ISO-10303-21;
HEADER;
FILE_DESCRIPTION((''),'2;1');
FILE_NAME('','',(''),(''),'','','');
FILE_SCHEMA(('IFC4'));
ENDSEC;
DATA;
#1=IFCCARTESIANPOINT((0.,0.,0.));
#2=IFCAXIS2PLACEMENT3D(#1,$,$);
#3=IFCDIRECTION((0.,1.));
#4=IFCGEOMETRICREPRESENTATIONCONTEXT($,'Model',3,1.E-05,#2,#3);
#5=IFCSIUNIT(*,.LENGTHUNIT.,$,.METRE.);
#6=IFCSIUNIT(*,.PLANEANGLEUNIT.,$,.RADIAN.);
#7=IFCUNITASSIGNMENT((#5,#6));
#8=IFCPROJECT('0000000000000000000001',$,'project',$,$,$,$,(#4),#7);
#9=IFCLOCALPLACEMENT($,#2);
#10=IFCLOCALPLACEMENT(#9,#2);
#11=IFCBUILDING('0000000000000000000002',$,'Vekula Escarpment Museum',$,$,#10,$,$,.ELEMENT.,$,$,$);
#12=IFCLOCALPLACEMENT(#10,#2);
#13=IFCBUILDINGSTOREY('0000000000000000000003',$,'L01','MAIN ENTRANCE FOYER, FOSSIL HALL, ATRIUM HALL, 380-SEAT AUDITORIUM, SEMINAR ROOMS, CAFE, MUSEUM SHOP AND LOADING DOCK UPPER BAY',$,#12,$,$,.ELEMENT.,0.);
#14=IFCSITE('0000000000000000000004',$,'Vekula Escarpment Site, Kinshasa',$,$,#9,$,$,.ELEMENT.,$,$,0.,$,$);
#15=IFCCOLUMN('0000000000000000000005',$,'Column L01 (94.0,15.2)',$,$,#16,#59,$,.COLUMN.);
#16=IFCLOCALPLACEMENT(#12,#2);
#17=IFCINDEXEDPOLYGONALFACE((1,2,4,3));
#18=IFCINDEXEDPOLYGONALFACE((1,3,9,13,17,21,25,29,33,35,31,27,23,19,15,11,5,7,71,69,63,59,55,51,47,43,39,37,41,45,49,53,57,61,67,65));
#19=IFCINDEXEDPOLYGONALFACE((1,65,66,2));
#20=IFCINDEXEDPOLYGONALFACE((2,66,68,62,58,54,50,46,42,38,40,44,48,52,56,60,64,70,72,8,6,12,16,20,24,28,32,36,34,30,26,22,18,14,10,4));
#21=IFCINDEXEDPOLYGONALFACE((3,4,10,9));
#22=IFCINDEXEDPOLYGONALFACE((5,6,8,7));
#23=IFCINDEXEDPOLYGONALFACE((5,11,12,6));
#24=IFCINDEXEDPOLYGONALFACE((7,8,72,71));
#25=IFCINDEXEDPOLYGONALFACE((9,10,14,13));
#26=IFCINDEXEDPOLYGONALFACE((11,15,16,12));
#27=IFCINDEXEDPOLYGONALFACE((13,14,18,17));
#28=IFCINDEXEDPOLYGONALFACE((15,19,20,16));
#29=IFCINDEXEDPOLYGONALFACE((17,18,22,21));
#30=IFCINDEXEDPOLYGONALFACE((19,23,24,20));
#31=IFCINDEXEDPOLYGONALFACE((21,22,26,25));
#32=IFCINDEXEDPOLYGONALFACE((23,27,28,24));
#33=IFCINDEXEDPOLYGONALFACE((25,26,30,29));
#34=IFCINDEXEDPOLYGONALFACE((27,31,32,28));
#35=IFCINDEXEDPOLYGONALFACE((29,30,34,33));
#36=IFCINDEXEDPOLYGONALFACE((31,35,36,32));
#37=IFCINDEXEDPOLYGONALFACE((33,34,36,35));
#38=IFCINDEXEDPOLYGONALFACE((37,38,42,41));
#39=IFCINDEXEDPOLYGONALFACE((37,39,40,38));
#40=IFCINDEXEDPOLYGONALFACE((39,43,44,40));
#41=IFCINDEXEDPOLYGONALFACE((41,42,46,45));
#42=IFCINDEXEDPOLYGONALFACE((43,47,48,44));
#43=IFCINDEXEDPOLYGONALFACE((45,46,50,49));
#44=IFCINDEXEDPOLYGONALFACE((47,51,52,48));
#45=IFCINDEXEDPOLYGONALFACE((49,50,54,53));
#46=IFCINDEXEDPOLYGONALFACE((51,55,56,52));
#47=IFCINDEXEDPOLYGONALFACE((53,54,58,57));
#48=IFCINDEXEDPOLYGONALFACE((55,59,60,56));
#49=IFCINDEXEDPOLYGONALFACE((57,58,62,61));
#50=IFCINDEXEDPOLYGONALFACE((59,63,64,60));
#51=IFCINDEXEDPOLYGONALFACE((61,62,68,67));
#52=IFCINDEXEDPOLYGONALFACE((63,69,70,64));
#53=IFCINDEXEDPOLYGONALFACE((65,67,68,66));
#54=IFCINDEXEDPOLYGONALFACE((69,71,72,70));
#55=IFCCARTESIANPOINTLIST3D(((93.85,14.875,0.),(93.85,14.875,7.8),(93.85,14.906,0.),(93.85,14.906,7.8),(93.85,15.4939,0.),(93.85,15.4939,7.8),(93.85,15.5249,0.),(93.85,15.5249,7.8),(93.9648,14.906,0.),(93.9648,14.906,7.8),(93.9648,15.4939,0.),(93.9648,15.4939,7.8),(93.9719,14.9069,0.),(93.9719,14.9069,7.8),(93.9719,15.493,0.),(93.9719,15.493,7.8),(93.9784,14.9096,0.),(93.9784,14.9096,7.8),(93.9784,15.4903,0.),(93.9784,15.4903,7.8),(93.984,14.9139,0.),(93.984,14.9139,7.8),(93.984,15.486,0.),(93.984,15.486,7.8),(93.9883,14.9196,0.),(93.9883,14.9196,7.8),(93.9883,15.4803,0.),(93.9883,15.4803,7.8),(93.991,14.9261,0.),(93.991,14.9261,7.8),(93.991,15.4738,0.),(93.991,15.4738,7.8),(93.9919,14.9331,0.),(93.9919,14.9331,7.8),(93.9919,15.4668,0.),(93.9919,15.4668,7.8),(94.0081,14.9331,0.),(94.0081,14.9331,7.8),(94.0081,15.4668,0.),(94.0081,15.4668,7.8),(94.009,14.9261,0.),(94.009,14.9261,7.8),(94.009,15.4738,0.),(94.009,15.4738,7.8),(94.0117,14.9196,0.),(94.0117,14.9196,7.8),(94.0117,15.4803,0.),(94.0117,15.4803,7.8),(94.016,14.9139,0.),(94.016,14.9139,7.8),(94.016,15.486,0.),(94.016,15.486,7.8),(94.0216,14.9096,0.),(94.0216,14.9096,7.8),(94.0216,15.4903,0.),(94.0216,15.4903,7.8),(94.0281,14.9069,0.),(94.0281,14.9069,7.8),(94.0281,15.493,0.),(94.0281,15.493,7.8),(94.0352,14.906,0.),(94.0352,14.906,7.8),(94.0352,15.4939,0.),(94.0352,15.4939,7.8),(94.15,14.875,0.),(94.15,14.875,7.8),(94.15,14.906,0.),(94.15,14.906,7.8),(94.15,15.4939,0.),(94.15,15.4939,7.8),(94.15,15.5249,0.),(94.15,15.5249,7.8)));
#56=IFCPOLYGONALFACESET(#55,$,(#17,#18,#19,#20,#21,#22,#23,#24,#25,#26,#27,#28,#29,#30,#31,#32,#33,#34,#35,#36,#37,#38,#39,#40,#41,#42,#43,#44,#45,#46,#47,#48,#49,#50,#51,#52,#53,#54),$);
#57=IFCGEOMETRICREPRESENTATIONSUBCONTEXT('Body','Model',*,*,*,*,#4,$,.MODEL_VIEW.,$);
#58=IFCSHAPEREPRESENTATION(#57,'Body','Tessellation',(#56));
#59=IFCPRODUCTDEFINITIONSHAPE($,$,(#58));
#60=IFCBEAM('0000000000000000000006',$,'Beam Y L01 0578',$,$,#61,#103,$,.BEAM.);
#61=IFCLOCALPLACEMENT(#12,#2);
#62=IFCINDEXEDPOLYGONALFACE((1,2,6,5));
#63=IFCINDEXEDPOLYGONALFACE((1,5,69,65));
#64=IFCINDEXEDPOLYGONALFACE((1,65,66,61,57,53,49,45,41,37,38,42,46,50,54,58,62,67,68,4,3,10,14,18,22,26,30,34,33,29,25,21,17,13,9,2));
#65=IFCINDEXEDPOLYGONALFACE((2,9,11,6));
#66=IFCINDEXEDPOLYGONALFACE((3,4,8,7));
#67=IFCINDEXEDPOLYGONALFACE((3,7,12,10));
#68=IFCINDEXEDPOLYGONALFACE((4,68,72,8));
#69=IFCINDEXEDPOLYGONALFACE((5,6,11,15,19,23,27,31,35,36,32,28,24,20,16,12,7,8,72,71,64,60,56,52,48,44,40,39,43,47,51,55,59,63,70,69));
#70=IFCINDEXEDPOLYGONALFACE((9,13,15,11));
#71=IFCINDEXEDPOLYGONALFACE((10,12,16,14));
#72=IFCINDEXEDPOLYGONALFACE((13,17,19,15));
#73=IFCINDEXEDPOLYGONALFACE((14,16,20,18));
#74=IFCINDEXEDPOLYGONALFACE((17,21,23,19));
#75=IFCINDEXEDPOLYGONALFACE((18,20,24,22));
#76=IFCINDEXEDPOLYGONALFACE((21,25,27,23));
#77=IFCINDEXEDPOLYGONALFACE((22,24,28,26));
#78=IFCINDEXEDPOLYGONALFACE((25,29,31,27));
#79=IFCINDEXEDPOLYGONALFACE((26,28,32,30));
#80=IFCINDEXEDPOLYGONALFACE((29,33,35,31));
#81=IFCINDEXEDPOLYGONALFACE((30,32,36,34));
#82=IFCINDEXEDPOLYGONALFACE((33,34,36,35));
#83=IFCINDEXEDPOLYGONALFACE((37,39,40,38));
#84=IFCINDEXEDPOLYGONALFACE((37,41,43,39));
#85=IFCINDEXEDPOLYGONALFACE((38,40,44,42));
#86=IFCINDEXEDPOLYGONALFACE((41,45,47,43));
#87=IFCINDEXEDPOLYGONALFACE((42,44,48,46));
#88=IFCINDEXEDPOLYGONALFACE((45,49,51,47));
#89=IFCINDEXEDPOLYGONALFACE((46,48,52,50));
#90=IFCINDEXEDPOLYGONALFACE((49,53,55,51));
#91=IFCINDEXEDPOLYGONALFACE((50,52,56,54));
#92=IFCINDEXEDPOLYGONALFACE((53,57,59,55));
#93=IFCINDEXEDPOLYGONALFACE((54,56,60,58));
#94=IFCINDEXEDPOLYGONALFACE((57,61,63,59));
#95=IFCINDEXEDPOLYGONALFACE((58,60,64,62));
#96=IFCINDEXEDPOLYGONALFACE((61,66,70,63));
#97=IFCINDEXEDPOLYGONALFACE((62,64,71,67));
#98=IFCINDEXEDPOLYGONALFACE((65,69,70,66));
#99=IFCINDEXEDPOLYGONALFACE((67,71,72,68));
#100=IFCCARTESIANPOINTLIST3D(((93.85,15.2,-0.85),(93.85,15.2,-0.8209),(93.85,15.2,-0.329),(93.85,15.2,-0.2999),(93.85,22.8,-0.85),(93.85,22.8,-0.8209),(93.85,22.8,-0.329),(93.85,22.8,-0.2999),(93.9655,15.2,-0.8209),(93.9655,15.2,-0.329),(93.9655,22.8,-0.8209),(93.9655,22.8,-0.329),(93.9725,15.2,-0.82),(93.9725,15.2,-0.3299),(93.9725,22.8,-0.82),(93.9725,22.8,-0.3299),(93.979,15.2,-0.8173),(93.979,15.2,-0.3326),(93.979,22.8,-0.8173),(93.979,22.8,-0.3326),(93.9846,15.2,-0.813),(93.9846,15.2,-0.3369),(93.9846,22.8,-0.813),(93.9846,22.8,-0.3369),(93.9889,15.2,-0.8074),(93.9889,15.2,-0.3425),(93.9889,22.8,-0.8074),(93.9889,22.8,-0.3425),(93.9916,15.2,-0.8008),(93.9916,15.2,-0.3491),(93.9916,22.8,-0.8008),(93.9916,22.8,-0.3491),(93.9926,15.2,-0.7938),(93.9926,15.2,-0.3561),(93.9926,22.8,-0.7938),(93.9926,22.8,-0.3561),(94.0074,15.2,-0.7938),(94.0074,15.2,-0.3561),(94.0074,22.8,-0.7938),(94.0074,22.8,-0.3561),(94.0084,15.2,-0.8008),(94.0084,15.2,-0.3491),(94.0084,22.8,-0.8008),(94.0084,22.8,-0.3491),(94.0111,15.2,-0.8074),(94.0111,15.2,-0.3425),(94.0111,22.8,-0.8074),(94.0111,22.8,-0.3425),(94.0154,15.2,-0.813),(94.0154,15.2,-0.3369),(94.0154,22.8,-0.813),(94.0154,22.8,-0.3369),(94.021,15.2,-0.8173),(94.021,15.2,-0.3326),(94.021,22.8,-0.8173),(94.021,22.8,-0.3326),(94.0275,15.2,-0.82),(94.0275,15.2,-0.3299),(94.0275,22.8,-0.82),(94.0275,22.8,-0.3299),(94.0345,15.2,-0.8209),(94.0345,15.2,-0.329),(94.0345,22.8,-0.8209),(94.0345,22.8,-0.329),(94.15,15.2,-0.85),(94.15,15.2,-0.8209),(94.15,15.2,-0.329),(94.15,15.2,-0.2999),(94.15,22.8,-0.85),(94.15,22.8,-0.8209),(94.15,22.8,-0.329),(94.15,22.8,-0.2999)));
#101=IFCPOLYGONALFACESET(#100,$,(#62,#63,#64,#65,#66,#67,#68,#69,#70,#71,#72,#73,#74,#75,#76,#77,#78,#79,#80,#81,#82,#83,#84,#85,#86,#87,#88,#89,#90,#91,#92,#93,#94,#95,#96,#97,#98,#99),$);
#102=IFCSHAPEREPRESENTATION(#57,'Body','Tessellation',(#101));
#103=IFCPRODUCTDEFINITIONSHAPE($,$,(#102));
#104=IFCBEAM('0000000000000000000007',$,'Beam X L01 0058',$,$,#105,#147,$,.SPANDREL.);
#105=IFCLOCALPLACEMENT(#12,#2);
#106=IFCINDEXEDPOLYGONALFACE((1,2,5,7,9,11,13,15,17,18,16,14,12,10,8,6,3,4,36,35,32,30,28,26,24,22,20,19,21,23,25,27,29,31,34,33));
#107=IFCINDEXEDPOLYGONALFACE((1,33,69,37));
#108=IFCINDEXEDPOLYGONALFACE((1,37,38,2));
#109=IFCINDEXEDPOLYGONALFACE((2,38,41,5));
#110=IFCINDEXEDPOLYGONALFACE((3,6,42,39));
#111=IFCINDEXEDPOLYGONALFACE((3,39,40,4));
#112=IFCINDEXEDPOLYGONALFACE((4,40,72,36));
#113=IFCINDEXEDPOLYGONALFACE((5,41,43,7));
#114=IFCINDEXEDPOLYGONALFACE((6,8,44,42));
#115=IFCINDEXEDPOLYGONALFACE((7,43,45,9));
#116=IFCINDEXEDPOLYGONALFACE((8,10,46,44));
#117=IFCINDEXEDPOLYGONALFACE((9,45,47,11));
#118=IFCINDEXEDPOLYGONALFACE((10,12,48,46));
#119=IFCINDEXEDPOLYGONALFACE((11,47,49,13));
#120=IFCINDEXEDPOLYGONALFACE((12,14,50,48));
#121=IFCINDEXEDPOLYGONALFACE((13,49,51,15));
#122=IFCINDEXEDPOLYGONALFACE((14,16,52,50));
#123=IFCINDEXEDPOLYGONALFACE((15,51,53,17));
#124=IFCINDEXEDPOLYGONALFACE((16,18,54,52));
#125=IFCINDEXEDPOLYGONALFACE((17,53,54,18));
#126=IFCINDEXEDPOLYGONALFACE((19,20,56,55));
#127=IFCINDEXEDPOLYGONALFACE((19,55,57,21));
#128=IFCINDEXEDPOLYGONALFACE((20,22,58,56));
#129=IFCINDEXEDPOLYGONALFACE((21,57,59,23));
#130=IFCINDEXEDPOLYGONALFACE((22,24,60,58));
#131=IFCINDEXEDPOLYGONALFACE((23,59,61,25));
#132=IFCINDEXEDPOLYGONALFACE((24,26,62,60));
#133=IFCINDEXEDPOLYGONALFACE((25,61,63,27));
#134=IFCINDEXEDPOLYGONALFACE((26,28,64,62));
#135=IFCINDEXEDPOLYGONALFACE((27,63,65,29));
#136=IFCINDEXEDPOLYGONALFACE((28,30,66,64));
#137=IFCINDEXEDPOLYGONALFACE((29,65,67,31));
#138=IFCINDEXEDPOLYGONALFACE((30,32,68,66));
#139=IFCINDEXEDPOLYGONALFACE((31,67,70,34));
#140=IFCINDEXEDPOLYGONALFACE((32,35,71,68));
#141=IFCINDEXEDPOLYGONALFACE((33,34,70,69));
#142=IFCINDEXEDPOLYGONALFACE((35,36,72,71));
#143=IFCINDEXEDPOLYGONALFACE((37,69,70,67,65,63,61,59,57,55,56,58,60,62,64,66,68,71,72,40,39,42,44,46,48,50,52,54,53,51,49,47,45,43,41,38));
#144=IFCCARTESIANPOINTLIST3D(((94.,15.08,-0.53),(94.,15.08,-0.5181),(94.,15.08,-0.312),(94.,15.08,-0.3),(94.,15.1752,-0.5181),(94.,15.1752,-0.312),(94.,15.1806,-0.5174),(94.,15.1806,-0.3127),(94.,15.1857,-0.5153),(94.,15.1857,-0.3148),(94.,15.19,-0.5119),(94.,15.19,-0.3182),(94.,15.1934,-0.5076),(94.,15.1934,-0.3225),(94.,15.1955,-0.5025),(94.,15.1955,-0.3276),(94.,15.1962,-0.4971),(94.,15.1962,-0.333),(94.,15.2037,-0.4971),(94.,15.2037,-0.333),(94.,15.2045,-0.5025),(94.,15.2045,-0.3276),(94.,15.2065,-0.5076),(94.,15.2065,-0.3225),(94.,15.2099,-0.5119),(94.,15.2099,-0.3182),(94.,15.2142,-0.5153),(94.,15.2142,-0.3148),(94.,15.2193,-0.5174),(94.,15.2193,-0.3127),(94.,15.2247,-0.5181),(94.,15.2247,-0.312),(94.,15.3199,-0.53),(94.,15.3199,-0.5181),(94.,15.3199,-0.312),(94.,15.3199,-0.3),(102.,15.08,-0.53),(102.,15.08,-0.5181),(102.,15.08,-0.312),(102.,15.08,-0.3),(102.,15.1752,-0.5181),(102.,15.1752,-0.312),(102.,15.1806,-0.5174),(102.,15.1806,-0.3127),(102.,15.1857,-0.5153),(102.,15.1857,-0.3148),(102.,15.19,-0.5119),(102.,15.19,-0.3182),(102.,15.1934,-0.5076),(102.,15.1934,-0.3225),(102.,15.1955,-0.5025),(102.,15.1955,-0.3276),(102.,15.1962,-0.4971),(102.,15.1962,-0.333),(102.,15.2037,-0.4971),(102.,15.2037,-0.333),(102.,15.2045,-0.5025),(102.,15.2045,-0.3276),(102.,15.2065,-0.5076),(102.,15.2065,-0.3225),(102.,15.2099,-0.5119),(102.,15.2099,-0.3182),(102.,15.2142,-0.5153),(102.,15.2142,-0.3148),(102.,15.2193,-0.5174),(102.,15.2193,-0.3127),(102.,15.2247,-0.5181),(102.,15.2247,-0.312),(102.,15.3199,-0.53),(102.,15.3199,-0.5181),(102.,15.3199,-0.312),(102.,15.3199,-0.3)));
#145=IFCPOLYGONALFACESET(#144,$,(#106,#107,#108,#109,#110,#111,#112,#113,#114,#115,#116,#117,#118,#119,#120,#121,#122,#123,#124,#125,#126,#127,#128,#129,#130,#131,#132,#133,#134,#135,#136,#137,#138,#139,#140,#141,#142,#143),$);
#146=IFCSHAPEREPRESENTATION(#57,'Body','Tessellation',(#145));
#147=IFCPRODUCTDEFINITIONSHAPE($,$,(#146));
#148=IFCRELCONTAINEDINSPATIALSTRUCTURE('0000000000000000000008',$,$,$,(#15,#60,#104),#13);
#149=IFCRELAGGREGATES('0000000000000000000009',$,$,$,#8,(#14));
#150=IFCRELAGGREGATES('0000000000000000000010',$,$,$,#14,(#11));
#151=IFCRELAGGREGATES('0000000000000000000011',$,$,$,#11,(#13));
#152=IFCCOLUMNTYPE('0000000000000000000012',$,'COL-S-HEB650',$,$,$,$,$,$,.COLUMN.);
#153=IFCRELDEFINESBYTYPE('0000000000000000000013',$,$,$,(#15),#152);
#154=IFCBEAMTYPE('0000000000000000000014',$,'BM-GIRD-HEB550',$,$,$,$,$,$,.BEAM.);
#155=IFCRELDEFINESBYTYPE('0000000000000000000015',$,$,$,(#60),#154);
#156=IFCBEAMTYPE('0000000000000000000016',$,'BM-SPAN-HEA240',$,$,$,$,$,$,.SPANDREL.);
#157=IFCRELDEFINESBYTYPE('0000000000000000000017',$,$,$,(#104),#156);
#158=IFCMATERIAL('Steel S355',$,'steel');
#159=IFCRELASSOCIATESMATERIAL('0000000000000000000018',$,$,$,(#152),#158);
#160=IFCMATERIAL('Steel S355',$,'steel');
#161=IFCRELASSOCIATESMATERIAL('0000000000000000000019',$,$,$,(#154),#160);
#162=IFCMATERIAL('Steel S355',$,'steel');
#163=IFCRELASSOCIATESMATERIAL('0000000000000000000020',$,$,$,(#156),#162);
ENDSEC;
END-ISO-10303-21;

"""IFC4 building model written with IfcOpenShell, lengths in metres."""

from ifc_helpers import new_model, si_unit, direction, frame, origin, origin_2d, place, context, subcontext, project, spatial, i_section, extrude, material, material_profile, profile_set, type_object, element, save


model = new_model("IFC4")

# Units and contexts
model_context = context("Model", 3, precision=1e-05, world=origin(), true_north=direction((0.0, 1.0)))
body_context = subcontext(model_context, "Body", "Model", "MODEL_VIEW")
ifc_project = project(units=[si_unit("LENGTHUNIT", "METRE"), si_unit("PLANEANGLEUNIT", "RADIAN")], contexts=[model_context])

# Site, building, storey
site_placement = place(None, origin())
site = spatial("IfcSite", under=ifc_project, at=site_placement, Name="Vekula Escarpment Site, Kinshasa", CompositionType="ELEMENT", RefElevation=0.0)
building_placement = place(site_placement, origin())
building = spatial("IfcBuilding", under=site, at=building_placement, Name="Vekula Escarpment Museum", CompositionType="ELEMENT")
storey_placement = place(building_placement, origin())
storey = spatial("IfcBuildingStorey", under=building, at=storey_placement, Name="L01", Description="MAIN ENTRANCE FOYER, FOSSIL HALL, ATRIUM HALL, 380-SEAT AUDITORIUM, SEMINAR ROOMS, CAFE, MUSEUM SHOP AND LOADING DOCK UPPER BAY", CompositionType="ELEMENT", Elevation=0.0)

# Column
ifc_material_1 = material(Name="Steel S355", Category="steel")
ifc_material_profile_1 = material_profile(ifc_material_1, i_section(OverallWidth=0.3, OverallDepth=0.6499, WebThickness=0.0161, FlangeThickness=0.031, FilletRadius=0.0271, at=origin_2d()), Name="HEB 650")
ifc_profile_set_1 = profile_set([ifc_material_profile_1], Name="Steel S355")
column_type = type_object("IfcColumnType", Name="COL-S-HEB650", PredefinedType="COLUMN", material=ifc_profile_set_1)
column_placement = place(storey_placement, frame((94.0, 15.2, 0.0), z_axis=(0.0, 0.0, 1.0), x_axis=(1.0, 0.0, 0.0)))
element("IfcColumn", 1, at=column_placement, inside=storey, type_object=column_type, Name="Column L01 (94.0,15.2)", PredefinedType="COLUMN", context=body_context, shape_type="SweptSolid", body=[
    extrude(i_section(OverallWidth=0.3, OverallDepth=0.6499, WebThickness=0.0161, FlangeThickness=0.031, FilletRadius=0.0271, at=origin_2d()), origin(), (0.0, 0.0, 1.0), 7.8),
])

# Beams
ifc_material_2 = material(Name="Steel S355", Category="steel")
ifc_material_profile_2 = material_profile(ifc_material_2, i_section(OverallWidth=0.3, OverallDepth=0.55, WebThickness=0.0149, FlangeThickness=0.0291, FilletRadius=0.0271, at=origin_2d()), Name="HEB 550")
ifc_profile_set_2 = profile_set([ifc_material_profile_2], Name="Steel S355")
beam_type_1 = type_object("IfcBeamType", Name="BM-GIRD-HEB550", PredefinedType="BEAM", material=ifc_profile_set_2)
beam_1_placement = place(storey_placement, frame((94.0, 15.2, -0.575), z_axis=(0.0, 1.0, 0.0), x_axis=(-1.0, 0.0, 0.0)))
element("IfcBeam", 2, at=beam_1_placement, inside=storey, type_object=beam_type_1, Name="Beam Y L01 0578", PredefinedType="BEAM", context=body_context, shape_type="SweptSolid", body=[
    extrude(i_section(OverallWidth=0.3, OverallDepth=0.55, WebThickness=0.0149, FlangeThickness=0.0291, FilletRadius=0.0271, at=origin_2d()), origin(), (0.0, 0.0, 1.0), 7.6001),
])
ifc_material_3 = material(Name="Steel S355", Category="steel")
ifc_material_profile_3 = material_profile(ifc_material_3, i_section(OverallWidth=0.24, OverallDepth=0.23, WebThickness=0.0076, FlangeThickness=0.012, FilletRadius=0.021, at=origin_2d()), Name="HEA 240")
ifc_profile_set_3 = profile_set([ifc_material_profile_3], Name="Steel S355")
beam_type_2 = type_object("IfcBeamType", Name="BM-SPAN-HEA240", PredefinedType="SPANDREL", material=ifc_profile_set_3)
beam_2_placement = place(storey_placement, frame((94.0, 15.2, -0.415), z_axis=(1.0, 0.0, 0.0), x_axis=(0.0, 1.0, 0.0)))
element("IfcBeam", 3, at=beam_2_placement, inside=storey, type_object=beam_type_2, Name="Beam X L01 0058", PredefinedType="SPANDREL", context=body_context, shape_type="SweptSolid", body=[
    extrude(i_section(OverallWidth=0.24, OverallDepth=0.23, WebThickness=0.0076, FlangeThickness=0.012, FilletRadius=0.021, at=origin_2d()), origin(), (0.0, 0.0, 1.0), 8.0),
])

save(model, "model.ifc")
